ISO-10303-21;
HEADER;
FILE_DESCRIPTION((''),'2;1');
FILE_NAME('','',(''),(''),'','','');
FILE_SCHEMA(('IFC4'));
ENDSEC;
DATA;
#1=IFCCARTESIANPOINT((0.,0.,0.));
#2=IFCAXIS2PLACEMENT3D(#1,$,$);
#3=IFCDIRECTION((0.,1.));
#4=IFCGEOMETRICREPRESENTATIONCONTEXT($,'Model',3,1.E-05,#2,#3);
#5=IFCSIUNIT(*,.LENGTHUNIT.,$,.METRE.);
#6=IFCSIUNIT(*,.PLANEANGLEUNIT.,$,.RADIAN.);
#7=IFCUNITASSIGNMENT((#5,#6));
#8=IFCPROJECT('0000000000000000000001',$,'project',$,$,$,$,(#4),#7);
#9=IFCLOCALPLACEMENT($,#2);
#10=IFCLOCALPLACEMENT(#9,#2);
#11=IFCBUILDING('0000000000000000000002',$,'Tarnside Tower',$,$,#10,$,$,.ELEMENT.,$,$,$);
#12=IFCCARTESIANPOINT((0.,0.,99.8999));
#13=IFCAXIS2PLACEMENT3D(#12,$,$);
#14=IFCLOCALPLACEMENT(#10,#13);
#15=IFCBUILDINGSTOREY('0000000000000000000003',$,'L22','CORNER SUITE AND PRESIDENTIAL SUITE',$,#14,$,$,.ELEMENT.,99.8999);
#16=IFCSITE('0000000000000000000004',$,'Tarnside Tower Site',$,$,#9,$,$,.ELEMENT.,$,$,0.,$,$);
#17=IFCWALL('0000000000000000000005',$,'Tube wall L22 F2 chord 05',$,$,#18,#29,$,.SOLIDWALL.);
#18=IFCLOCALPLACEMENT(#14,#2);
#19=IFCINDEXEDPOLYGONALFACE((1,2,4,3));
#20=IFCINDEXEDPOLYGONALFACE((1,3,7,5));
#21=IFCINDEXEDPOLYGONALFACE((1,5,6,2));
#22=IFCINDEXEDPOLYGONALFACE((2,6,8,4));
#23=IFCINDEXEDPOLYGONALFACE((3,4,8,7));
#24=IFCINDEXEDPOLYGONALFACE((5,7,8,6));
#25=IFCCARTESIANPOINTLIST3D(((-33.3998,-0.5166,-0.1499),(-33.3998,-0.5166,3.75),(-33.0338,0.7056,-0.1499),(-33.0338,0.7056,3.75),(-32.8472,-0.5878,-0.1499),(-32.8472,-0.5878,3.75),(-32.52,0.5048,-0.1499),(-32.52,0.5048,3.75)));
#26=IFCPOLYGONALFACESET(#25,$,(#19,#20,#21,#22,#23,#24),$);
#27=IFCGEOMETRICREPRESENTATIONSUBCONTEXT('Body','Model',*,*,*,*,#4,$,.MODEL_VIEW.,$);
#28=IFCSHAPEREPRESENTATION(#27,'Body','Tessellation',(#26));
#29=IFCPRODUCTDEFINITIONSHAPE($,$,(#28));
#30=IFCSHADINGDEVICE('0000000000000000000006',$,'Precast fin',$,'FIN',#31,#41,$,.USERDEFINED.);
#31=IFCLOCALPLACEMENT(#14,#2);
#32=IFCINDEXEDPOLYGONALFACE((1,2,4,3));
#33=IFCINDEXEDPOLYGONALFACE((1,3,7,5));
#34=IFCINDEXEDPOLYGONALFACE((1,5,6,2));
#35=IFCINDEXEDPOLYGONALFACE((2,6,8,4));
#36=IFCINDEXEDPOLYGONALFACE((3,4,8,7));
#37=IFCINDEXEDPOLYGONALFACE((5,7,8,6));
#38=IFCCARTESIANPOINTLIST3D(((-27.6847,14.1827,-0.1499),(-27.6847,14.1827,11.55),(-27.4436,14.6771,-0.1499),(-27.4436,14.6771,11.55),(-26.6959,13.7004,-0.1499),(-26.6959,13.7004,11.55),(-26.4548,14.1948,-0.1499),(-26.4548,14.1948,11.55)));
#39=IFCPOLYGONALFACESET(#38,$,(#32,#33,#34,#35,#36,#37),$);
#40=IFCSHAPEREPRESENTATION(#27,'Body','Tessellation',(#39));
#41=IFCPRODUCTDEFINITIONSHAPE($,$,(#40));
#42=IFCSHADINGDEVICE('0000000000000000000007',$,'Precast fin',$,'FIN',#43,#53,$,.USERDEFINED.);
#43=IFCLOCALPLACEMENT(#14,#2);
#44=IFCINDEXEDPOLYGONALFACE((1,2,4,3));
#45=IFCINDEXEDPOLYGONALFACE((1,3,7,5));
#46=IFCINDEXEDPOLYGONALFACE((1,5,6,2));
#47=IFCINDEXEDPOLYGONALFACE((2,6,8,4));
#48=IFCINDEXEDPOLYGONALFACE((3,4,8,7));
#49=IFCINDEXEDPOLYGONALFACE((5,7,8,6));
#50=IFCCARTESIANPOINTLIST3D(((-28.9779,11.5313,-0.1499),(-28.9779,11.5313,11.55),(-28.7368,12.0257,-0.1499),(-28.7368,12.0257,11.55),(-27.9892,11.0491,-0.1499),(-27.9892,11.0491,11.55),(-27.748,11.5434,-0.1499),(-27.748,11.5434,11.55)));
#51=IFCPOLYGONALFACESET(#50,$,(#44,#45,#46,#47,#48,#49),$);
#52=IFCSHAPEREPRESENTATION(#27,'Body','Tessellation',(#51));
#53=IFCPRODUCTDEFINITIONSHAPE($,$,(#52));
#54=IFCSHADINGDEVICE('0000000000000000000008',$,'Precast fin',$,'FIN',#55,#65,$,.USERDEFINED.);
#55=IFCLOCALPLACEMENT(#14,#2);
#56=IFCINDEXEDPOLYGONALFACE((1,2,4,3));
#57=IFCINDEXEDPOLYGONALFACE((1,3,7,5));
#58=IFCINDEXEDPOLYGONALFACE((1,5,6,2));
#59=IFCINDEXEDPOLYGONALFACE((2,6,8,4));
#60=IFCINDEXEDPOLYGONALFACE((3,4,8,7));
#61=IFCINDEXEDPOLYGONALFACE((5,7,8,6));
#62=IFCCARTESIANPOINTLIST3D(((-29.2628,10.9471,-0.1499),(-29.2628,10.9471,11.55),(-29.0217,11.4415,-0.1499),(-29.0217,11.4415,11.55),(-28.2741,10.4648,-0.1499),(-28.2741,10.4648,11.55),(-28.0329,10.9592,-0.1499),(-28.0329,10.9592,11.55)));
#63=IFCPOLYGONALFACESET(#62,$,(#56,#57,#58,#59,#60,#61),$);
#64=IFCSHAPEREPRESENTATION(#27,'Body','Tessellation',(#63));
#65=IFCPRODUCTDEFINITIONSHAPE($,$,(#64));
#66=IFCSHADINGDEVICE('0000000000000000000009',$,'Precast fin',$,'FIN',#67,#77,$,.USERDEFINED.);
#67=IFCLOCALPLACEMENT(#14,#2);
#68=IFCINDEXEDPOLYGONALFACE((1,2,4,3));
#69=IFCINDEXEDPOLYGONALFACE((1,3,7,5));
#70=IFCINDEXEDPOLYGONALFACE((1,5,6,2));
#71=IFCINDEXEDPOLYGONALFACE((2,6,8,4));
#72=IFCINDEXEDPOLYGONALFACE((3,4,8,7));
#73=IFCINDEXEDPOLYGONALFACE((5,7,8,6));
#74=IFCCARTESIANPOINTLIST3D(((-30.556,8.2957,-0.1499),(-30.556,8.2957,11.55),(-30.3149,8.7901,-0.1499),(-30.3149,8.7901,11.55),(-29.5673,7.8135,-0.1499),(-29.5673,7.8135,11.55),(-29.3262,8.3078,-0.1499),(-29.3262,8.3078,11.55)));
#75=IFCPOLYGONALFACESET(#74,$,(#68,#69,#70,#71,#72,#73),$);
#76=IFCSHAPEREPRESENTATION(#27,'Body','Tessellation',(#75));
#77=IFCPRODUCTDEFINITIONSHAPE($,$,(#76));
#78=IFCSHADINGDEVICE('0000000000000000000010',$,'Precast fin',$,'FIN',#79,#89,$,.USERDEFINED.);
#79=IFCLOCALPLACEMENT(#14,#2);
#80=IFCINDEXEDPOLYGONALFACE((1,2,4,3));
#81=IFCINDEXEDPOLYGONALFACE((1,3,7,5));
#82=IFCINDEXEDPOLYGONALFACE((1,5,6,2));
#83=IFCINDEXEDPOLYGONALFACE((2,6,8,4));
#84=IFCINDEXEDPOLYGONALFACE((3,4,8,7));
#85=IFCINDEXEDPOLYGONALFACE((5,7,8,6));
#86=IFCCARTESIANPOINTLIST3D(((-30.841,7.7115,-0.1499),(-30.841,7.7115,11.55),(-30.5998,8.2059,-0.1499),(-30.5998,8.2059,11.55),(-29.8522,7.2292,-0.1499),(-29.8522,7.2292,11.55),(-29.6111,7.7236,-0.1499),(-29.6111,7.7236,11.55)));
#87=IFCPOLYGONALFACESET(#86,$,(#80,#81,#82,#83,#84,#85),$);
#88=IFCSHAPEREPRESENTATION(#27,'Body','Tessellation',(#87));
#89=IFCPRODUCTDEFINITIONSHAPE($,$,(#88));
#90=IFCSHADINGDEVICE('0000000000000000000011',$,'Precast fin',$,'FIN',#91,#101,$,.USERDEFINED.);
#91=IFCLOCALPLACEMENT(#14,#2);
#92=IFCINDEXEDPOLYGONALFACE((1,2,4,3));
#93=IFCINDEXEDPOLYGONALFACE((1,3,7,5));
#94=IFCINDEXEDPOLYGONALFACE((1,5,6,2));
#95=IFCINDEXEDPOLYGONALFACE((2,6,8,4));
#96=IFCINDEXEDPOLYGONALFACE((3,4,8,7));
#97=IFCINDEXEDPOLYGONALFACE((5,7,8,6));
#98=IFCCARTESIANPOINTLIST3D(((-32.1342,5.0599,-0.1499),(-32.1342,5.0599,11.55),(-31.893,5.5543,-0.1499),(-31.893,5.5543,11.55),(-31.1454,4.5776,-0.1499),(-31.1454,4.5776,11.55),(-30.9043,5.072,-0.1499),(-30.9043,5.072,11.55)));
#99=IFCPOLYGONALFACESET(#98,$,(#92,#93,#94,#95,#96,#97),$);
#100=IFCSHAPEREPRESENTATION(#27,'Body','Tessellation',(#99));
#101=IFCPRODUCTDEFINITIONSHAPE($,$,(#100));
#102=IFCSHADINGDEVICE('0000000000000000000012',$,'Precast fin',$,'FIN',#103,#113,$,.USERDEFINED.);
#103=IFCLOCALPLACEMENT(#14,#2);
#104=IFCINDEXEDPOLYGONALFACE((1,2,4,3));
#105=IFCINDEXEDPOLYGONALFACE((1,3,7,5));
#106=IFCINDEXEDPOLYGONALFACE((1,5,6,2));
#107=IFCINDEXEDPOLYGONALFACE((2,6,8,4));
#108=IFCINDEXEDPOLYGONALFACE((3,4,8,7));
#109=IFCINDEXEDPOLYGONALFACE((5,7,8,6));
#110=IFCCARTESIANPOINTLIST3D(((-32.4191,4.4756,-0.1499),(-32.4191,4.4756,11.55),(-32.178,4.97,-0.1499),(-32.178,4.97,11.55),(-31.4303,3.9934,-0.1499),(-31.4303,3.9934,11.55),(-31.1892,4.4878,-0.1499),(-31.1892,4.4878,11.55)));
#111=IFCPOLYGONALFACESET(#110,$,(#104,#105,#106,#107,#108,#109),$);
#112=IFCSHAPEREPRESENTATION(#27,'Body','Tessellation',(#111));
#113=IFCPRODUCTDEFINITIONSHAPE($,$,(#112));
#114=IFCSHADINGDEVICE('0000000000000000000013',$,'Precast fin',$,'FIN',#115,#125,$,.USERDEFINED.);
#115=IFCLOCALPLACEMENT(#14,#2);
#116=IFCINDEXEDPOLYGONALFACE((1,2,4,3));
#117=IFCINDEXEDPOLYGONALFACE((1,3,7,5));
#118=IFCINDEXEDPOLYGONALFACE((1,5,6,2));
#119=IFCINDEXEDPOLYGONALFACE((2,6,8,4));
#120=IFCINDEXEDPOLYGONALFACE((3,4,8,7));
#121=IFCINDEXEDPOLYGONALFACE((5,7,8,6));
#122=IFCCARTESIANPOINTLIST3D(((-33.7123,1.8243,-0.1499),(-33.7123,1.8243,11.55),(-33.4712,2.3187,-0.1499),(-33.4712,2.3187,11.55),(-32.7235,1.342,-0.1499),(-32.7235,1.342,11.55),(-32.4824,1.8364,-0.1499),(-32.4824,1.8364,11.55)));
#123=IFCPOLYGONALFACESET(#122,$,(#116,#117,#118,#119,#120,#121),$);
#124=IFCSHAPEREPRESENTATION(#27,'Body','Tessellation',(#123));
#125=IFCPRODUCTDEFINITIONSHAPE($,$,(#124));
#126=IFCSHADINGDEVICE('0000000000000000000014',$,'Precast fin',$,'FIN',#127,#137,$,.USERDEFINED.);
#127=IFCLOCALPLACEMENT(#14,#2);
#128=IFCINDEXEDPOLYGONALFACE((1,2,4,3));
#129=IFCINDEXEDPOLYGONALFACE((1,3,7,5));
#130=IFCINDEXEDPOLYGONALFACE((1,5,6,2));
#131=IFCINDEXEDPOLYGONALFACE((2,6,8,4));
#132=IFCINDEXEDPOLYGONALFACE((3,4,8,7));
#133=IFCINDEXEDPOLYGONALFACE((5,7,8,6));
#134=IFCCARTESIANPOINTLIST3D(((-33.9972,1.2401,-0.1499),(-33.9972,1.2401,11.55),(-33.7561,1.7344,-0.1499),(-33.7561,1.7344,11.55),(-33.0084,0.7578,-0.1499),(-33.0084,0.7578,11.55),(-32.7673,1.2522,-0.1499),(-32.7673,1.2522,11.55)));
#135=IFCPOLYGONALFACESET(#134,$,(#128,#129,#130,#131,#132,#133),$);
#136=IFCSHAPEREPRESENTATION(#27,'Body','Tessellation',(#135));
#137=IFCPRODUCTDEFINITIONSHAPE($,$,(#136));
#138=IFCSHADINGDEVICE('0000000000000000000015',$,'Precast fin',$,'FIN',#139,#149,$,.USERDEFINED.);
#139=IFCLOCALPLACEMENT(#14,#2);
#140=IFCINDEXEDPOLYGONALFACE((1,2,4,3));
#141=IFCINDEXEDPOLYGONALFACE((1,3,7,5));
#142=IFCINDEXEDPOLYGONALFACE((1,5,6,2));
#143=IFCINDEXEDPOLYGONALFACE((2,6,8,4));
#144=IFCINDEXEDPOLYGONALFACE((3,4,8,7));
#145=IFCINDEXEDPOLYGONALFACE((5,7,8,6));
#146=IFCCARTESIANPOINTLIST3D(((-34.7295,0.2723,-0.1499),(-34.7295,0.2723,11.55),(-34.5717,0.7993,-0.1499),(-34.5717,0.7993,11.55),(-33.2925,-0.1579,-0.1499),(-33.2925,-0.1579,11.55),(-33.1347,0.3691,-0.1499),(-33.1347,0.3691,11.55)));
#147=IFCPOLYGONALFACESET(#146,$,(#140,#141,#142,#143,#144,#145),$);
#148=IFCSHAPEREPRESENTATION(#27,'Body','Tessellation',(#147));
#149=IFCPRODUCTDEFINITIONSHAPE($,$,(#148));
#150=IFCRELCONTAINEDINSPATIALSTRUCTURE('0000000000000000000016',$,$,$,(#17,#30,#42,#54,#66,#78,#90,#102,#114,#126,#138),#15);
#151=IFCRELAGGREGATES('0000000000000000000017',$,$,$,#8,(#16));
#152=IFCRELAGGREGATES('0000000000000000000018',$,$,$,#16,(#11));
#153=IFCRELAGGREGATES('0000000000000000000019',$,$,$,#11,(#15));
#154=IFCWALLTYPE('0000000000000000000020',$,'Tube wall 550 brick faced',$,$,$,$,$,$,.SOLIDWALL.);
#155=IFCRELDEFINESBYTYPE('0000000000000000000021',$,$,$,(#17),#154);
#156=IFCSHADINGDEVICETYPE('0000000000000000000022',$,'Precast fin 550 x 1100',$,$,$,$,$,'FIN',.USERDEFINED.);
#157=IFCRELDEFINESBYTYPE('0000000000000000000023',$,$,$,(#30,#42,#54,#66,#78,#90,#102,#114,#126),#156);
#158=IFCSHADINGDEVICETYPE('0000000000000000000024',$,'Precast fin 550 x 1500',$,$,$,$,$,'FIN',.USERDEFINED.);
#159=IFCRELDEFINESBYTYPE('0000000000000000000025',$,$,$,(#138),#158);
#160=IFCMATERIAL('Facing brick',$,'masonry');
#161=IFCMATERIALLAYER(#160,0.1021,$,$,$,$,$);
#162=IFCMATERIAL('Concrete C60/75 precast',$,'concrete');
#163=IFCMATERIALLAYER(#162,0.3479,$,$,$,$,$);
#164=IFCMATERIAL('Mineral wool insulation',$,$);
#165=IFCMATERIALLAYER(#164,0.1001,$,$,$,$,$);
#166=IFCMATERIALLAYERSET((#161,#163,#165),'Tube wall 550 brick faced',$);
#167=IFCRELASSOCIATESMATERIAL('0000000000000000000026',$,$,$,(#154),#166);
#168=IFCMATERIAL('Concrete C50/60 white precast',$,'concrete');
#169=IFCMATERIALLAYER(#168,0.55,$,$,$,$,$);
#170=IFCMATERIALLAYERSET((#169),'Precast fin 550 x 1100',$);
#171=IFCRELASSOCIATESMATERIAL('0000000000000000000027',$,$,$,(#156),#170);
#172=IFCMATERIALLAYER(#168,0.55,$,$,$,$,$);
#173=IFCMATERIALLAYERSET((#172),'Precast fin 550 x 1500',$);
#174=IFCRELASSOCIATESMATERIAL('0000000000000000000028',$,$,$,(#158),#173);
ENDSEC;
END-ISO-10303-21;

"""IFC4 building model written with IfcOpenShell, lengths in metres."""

from ifc_helpers import new_model, si_unit, direction, frame, origin, place, context, subcontext, project, spatial, polyline, outline, extrude, material, layer, layer_set, type_object, element, save


model = new_model("IFC4")

# Units and contexts
model_context = context("Model", 3, precision=1e-05, world=origin(), true_north=direction((0.0, 1.0)))
body_context = subcontext(model_context, "Body", "Model", "MODEL_VIEW")
ifc_project = project(units=[si_unit("LENGTHUNIT", "METRE"), si_unit("PLANEANGLEUNIT", "RADIAN")], contexts=[model_context])

# Site, building, storey
site_placement = place(None, origin())
site = spatial("IfcSite", under=ifc_project, at=site_placement, Name="Tarnside Tower Site", CompositionType="ELEMENT", RefElevation=0.0)
building_placement = place(site_placement, origin())
building = spatial("IfcBuilding", under=site, at=building_placement, Name="Tarnside Tower", CompositionType="ELEMENT")
storey_placement = place(building_placement, frame((0.0, 0.0, 99.8999)))
storey = spatial("IfcBuildingStorey", under=building, at=storey_placement, Name="L22", Description="CORNER SUITE AND PRESIDENTIAL SUITE", CompositionType="ELEMENT", Elevation=99.8999)

# Wall
ifc_material_1 = material(Name="Facing brick", Category="masonry")
ifc_layer_1 = layer(ifc_material_1, 0.1021)
ifc_material_2 = material(Name="Concrete C60/75 precast", Category="concrete")
ifc_layer_2 = layer(ifc_material_2, 0.3479)
ifc_material_3 = material(Name="Mineral wool insulation")
ifc_layer_3 = layer(ifc_material_3, 0.1001)
ifc_layer_set_1 = layer_set([ifc_layer_1, ifc_layer_2, ifc_layer_3], Name="Tube wall 550 brick faced")
wall_type_1 = type_object("IfcWallType", Name="Tube wall 550 brick faced", PredefinedType="SOLIDWALL", material=ifc_layer_set_1)
wall_1_placement = place(storey_placement, frame((-32.7769, 0.6052, -0.1499), z_axis=(0.0, 0.0, 1.0), x_axis=(-0.286921, -0.957954, 0.0)))
element("IfcWall", 1, at=wall_1_placement, inside=storey, type_object=wall_type_1, Name="Tube wall L22 F2 chord 05", PredefinedType="SOLIDWALL", context=body_context, shape_type="SweptSolid", body=[
    extrude(outline(polyline([(-0.0225, -0.2749), (1.2534, -0.2749), (1.1631, 0.2749), (0.0225, 0.2749), (-0.0225, -0.2749)])), origin(), (0.0, 0.0, 1.0), 3.8999),
])

# Shading devices
ifc_material_4 = material(Name="Concrete C50/60 white precast", Category="concrete")
ifc_layer_4 = layer(ifc_material_4, 0.55)
ifc_layer_set_2 = layer_set([ifc_layer_4], Name="Precast fin 550 x 1100")
shading_device_type_1 = type_object("IfcShadingDeviceType", Name="Precast fin 550 x 1100", ElementType="FIN", PredefinedType="USERDEFINED", material=ifc_layer_set_2)
for number, where, z_axis, x_axis, name in (
    (2, (-26.5754, 13.9475, -0.1499), (0.438371, 0.898794, 0.0), (-0.898794, 0.438371, 0.0), "Precast fin"),
    (3, (-27.8687, 11.2961, -0.1499), (0.438371, 0.898794, 0.0), (-0.898794, 0.438371, 0.0), "Precast fin"),
    (4, (-28.1536, 10.7119, -0.1499), (0.438371, 0.898794, 0.0), (-0.898794, 0.438371, 0.0), "Precast fin"),
    (5, (-29.4468, 8.0605, -0.1499), (0.438371, 0.898794, 0.0), (-0.898794, 0.438371, 0.0), "Precast fin"),
    (6, (-29.7317, 7.4763, -0.1499), (0.438371, 0.898794, 0.0), (-0.898794, 0.438371, 0.0), "Precast fin"),
    (7, (-31.0249, 4.8247, -0.1499), (0.438371, 0.898794, 0.0), (-0.898794, 0.438371, 0.0), "Precast fin"),
    (8, (-31.3098, 4.2405, -0.1499), (0.438371, 0.898794, 0.0), (-0.898794, 0.438371, 0.0), "Precast fin"),
    (9, (-32.603, 1.5891, -0.1499), (0.438371, 0.898794, 0.0), (-0.898794, 0.438371, 0.0), "Precast fin"),
    (10, (-32.8879, 1.0049, -0.1499), (0.438371, 0.898794, 0.0), (-0.898794, 0.438371, 0.0), "Precast fin"),
):
    element("IfcShadingDevice", number, at=place(storey_placement, frame(where, z_axis=z_axis, x_axis=x_axis)), inside=storey, type_object=shading_device_type_1, Name=name, ObjectType="FIN", PredefinedType="USERDEFINED", context=body_context, shape_type="SweptSolid", body=[
        extrude(outline(polyline([(0.0, 0.0), (1.1001, 0.0), (1.1001, 11.7), (0.0, 11.7), (0.0, 0.0)])), frame((0.0, 0.0, -0.2749)), (0.0, 0.0, 1.0), 0.55),
    ])
ifc_layer_5 = layer(ifc_material_4, 0.55)
ifc_layer_set_3 = layer_set([ifc_layer_5], Name="Precast fin 550 x 1500")
shading_device_type_2 = type_object("IfcShadingDeviceType", Name="Precast fin 550 x 1500", ElementType="FIN", PredefinedType="USERDEFINED", material=ifc_layer_set_3)
shading_device_placement = place(storey_placement, frame((-33.2136, 0.1055, -0.1499), z_axis=(0.286803, 0.95799, 0.0), x_axis=(-0.95799, 0.286803, 0.0)))
element("IfcShadingDevice", 11, at=shading_device_placement, inside=storey, type_object=shading_device_type_2, Name="Precast fin", ObjectType="FIN", PredefinedType="USERDEFINED", context=body_context, shape_type="SweptSolid", body=[
    extrude(outline(polyline([(0.0, 0.0), (1.5, 0.0), (1.5, 11.7), (0.0, 11.7), (0.0, 0.0)])), frame((0.0, 0.0, -0.2749)), (0.0, 0.0, 1.0), 0.55),
])

save(model, "model.ifc")
